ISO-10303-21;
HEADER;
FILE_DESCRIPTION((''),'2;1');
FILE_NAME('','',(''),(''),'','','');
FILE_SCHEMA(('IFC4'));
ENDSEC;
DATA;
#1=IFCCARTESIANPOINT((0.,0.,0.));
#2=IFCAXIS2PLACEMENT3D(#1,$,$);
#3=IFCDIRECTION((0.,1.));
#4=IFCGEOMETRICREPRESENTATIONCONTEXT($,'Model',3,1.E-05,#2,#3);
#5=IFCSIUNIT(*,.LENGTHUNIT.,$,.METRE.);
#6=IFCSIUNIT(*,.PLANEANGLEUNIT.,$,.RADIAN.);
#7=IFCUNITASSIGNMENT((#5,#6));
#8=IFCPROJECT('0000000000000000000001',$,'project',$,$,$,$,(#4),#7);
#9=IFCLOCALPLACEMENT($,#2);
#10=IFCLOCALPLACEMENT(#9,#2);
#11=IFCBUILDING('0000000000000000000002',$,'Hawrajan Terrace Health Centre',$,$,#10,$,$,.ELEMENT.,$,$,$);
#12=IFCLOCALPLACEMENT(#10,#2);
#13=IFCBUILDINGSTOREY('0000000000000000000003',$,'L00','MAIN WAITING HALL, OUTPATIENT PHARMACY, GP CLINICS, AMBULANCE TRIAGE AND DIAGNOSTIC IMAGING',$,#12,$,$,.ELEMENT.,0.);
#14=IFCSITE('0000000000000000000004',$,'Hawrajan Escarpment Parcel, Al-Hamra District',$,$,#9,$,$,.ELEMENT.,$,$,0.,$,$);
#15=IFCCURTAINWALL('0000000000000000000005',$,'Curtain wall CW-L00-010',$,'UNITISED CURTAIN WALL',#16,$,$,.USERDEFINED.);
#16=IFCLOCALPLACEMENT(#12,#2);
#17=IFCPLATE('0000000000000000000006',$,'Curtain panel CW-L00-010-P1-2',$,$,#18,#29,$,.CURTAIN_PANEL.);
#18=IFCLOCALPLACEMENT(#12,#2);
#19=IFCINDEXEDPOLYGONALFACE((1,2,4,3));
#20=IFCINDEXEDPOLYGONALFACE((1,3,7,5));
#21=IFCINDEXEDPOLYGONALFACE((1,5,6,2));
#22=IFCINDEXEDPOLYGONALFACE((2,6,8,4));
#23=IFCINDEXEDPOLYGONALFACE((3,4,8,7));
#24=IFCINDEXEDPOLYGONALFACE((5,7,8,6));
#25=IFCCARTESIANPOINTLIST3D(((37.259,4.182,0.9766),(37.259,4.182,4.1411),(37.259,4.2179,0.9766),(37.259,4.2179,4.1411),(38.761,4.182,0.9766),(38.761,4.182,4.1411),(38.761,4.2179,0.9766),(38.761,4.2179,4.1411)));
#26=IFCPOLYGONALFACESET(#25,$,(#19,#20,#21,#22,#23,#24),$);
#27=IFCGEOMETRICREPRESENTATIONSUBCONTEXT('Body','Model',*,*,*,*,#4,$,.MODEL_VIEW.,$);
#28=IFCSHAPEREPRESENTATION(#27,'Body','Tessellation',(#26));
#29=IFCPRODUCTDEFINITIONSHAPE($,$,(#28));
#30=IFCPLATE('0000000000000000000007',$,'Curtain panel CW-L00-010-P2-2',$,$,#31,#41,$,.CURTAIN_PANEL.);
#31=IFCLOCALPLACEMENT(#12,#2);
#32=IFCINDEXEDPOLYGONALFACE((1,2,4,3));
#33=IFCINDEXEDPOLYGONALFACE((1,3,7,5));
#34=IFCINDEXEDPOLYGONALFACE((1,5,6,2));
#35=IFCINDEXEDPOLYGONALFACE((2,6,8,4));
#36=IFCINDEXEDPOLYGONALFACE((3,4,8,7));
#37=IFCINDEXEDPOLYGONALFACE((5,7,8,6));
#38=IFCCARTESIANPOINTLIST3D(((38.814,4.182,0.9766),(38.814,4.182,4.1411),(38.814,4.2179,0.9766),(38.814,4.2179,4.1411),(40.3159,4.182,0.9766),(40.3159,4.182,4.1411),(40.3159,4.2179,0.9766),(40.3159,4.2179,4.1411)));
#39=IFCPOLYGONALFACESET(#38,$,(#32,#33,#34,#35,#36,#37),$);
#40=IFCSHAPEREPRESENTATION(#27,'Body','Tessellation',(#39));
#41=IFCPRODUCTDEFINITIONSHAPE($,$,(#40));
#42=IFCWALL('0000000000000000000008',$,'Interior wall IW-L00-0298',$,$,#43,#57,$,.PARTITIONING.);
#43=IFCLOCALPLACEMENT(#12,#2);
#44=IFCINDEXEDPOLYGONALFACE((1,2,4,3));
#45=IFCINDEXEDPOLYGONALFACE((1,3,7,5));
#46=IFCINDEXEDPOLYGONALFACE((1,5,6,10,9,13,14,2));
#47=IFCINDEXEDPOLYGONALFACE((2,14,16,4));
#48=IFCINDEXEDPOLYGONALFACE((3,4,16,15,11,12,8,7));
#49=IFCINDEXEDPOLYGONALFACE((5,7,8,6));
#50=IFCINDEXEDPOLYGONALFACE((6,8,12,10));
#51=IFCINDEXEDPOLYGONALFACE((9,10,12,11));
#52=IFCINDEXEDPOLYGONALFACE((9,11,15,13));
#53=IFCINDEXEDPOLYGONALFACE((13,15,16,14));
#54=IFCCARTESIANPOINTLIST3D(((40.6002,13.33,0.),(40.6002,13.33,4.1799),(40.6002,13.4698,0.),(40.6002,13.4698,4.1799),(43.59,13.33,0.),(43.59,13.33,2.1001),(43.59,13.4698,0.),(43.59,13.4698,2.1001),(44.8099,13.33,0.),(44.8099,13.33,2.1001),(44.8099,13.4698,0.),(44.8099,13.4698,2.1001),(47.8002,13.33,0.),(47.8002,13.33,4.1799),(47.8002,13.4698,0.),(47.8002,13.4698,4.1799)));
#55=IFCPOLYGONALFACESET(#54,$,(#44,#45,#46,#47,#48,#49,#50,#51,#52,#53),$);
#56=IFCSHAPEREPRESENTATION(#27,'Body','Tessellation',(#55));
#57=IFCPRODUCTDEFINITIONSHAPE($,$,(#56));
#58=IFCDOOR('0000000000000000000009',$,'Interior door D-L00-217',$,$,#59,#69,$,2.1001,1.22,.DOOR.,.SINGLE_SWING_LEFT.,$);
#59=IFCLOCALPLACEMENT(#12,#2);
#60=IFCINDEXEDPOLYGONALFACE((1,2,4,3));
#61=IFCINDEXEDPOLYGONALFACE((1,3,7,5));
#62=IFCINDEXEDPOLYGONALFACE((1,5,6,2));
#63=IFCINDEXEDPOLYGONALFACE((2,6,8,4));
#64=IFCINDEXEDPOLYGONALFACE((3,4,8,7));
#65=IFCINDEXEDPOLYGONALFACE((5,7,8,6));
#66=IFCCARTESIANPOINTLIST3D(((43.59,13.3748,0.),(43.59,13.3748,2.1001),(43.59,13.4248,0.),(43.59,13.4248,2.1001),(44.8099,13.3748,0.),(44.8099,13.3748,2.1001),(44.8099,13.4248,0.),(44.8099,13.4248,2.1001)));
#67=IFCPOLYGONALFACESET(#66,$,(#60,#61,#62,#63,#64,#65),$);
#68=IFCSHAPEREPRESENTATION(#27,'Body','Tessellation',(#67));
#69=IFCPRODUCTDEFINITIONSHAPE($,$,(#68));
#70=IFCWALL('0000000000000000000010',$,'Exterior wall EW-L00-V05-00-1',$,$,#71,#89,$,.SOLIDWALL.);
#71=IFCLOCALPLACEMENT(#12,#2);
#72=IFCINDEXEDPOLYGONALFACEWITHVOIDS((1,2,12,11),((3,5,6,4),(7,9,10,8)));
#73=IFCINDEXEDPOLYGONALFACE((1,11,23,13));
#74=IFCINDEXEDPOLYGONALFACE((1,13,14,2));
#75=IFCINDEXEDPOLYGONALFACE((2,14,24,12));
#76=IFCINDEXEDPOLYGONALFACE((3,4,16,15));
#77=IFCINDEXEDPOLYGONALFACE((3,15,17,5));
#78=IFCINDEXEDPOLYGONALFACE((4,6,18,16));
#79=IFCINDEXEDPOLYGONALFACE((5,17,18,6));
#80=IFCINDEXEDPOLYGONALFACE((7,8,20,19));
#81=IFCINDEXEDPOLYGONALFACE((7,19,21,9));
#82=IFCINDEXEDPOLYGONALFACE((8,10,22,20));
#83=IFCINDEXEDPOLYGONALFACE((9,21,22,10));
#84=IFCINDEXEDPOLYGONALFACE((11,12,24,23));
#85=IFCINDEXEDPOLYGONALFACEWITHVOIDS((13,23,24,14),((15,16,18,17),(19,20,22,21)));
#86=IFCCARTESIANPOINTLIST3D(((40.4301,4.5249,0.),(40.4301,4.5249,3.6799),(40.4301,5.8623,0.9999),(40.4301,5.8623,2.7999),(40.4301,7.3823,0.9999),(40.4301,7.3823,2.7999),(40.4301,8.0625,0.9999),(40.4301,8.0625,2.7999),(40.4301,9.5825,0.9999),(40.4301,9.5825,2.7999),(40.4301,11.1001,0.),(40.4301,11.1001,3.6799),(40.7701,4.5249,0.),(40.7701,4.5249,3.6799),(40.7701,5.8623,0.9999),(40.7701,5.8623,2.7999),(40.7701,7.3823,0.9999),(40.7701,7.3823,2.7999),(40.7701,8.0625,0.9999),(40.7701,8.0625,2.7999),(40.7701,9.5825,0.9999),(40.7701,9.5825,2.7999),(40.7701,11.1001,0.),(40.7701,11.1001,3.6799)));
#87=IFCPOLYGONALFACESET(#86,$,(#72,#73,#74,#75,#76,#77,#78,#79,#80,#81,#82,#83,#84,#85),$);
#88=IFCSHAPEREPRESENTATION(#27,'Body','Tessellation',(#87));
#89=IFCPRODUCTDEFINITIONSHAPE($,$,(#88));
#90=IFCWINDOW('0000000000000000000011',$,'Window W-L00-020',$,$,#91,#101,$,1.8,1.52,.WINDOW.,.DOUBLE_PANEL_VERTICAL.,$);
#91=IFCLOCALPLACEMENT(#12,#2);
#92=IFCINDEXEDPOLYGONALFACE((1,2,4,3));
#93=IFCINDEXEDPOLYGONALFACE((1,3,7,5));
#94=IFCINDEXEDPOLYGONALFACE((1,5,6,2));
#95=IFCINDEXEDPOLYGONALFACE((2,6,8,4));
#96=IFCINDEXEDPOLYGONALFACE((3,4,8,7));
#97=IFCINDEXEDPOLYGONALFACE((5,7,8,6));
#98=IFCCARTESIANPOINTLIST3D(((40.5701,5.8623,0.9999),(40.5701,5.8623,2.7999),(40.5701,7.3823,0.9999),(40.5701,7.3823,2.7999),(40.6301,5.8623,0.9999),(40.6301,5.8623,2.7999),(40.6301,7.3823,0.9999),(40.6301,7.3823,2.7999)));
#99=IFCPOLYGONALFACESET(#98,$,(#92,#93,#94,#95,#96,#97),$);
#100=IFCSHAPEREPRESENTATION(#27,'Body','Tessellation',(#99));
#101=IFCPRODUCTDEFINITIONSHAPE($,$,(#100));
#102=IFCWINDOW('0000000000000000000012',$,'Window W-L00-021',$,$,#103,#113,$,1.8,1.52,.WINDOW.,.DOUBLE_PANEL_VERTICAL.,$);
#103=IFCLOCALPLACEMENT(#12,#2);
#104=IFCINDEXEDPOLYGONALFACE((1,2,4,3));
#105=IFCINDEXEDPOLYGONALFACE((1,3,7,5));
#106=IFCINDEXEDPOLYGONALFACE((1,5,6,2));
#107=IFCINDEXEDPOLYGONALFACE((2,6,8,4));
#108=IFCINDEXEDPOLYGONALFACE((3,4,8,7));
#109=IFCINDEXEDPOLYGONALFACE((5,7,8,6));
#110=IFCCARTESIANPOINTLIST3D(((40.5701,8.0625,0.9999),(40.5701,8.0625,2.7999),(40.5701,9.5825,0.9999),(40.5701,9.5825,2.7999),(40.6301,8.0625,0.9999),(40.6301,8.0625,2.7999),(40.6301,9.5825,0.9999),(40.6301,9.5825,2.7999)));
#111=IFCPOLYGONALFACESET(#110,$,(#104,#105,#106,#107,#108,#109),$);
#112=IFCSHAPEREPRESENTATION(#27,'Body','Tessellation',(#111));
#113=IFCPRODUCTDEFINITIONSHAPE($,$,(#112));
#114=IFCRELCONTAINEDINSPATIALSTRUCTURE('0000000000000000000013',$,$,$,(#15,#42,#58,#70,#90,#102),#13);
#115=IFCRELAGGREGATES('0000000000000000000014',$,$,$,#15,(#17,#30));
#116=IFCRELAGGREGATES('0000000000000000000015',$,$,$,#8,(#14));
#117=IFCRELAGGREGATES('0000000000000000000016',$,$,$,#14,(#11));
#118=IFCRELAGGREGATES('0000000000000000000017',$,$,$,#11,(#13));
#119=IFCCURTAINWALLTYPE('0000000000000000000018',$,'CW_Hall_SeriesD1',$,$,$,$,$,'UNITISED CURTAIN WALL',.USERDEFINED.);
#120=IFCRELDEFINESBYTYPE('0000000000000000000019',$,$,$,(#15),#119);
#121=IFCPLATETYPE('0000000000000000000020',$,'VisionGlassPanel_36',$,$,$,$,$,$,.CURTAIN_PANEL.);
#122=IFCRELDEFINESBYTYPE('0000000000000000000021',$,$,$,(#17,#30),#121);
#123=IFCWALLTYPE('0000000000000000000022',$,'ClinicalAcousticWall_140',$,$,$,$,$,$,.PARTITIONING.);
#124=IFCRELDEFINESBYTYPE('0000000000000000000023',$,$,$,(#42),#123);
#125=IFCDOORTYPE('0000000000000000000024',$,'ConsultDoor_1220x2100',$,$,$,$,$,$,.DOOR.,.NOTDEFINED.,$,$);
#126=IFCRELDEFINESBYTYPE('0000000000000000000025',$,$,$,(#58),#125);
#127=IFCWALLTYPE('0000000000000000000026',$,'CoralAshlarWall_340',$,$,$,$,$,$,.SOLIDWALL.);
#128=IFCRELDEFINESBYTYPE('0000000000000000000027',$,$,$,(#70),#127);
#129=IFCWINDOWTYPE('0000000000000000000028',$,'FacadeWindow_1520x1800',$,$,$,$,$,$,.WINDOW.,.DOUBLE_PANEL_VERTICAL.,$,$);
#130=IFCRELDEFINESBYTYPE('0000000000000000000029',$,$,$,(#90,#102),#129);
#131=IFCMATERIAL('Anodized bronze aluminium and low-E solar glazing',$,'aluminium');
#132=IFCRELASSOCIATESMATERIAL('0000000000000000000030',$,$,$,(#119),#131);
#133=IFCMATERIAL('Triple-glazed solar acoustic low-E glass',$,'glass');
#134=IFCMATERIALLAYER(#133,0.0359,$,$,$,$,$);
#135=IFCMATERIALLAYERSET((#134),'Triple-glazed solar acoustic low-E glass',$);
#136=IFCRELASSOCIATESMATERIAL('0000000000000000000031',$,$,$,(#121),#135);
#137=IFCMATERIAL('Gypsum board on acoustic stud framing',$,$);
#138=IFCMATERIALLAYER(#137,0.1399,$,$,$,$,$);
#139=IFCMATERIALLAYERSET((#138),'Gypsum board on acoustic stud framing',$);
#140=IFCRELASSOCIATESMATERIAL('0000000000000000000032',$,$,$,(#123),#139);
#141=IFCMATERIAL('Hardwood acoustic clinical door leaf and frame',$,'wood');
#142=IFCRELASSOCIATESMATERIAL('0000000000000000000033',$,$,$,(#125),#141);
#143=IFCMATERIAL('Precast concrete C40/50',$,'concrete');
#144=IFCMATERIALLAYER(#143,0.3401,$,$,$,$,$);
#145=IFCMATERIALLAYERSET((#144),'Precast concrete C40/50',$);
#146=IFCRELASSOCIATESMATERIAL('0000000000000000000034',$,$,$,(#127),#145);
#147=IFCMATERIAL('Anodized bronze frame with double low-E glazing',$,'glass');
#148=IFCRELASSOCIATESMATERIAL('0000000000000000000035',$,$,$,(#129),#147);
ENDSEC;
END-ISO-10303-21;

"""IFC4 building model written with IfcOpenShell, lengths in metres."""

from ifc_helpers import new_model, si_unit, direction, frame, frame_2d, origin, origin_2d, place, context, subcontext, project, spatial, rectangle, extrude, material, layer, layer_set, type_object, element, fill, aggregate, save


model = new_model("IFC4")

# Units and contexts
model_context = context("Model", 3, precision=1e-05, world=origin(), true_north=direction((0.0, 1.0)))
body_context = subcontext(model_context, "Body", "Model", "MODEL_VIEW")
ifc_project = project(units=[si_unit("LENGTHUNIT", "METRE"), si_unit("PLANEANGLEUNIT", "RADIAN")], contexts=[model_context])

# Site, building, storey
site_placement = place(None, origin())
site = spatial("IfcSite", under=ifc_project, at=site_placement, Name="Hawrajan Escarpment Parcel, Al-Hamra District", CompositionType="ELEMENT", RefElevation=0.0)
building_placement = place(site_placement, origin())
building = spatial("IfcBuilding", under=site, at=building_placement, Name="Hawrajan Terrace Health Centre", CompositionType="ELEMENT")
storey_placement = place(building_placement, origin())
storey = spatial("IfcBuildingStorey", under=building, at=storey_placement, Name="L00", Description="MAIN WAITING HALL, OUTPATIENT PHARMACY, GP CLINICS, AMBULANCE TRIAGE AND DIAGNOSTIC IMAGING", CompositionType="ELEMENT", Elevation=0.0)

# Shared definitions
ifc_material_1 = material(Name="Anodized bronze aluminium and low-E solar glazing", Category="aluminium")

# Curtain wall
curtain_wall_type_1 = type_object("IfcCurtainWallType", Name="CW_Hall_SeriesD1", ElementType="UNITISED CURTAIN WALL", PredefinedType="USERDEFINED", material=ifc_material_1)
curtain_wall_1_placement = place(storey_placement, origin())
curtain_wall_1 = element("IfcCurtainWall", 1, at=curtain_wall_1_placement, inside=storey, type_object=curtain_wall_type_1, Name="Curtain wall CW-L00-010", ObjectType="UNITISED CURTAIN WALL", PredefinedType="USERDEFINED")

# Plates
ifc_material_2 = material(Name="Triple-glazed solar acoustic low-E glass", Category="glass")
ifc_layer_1 = layer(ifc_material_2, 0.0359)
ifc_layer_set_1 = layer_set([ifc_layer_1], Name="Triple-glazed solar acoustic low-E glass")
plate_type_1 = type_object("IfcPlateType", Name="VisionGlassPanel_36", PredefinedType="CURTAIN_PANEL", material=ifc_layer_set_1)
plate_1_placement = place(storey_placement, frame((38.01, 4.2, 0.9766), z_axis=(0.0, 0.0, 1.0), x_axis=(1.0, 0.0, 0.0)))
plate_1 = element("IfcPlate", 2, at=plate_1_placement, type_object=plate_type_1, Name="Curtain panel CW-L00-010-P1-2", PredefinedType="CURTAIN_PANEL", context=body_context, shape_type="SweptSolid", body=[
    extrude(rectangle(XDim=1.502, YDim=0.0359, at=origin_2d()), origin(), (0.0, 0.0, 1.0), 3.1646),
])
plate_2_placement = place(storey_placement, frame((39.5649, 4.2, 0.9766), z_axis=(0.0, 0.0, 1.0), x_axis=(1.0, 0.0, 0.0)))
plate_2 = element("IfcPlate", 3, at=plate_2_placement, type_object=plate_type_1, Name="Curtain panel CW-L00-010-P2-2", PredefinedType="CURTAIN_PANEL", context=body_context, shape_type="SweptSolid", body=[
    extrude(rectangle(XDim=1.502, YDim=0.0359, at=origin_2d()), origin(), (0.0, 0.0, 1.0), 3.1646),
])
aggregate(curtain_wall_1, [plate_1, plate_2])

# Wall, opening, door
ifc_material_3 = material(Name="Gypsum board on acoustic stud framing")
ifc_layer_2 = layer(ifc_material_3, 0.1399)
ifc_layer_set_2 = layer_set([ifc_layer_2], Name="Gypsum board on acoustic stud framing")
wall_type_1 = type_object("IfcWallType", Name="ClinicalAcousticWall_140", PredefinedType="PARTITIONING", material=ifc_layer_set_2)
wall_1_placement = place(storey_placement, frame((40.6001, 13.3999, 0.0), z_axis=(0.0, 0.0, 1.0), x_axis=(1.0, 0.0, 0.0)))
wall_1 = element("IfcWall", 4, at=wall_1_placement, inside=storey, type_object=wall_type_1, Name="Interior wall IW-L00-0298", PredefinedType="PARTITIONING", context=body_context, shape_type="SweptSolid", body=[
    extrude(rectangle(XDim=7.2, YDim=0.1399, at=frame_2d((3.6001, 0.0))), origin(), (0.0, 0.0, 1.0), 4.1799),
])
opening_1_placement = place(wall_1_placement, frame((2.99, 0.0, 0.0)))
opening_1 = element("IfcOpeningElement", 5, at=opening_1_placement, cuts=wall_1, PredefinedType="OPENING", context=body_context, shape_type="SweptSolid", body=[
    extrude(rectangle(XDim=1.22, YDim=2.1001, at=frame_2d((0.6099, 1.05))), frame((0.0, 0.0798, 0.0), z_axis=(0.0, -1.0, 0.0), x_axis=(1.0, 0.0, 0.0)), (0.0, 0.0, 1.0), 0.1599),
])
ifc_material_4 = material(Name="Hardwood acoustic clinical door leaf and frame", Category="wood")
door_type = type_object("IfcDoorType", Name="ConsultDoor_1220x2100", OperationType="NOTDEFINED", PredefinedType="DOOR", material=ifc_material_4)
door_placement = place(opening_1_placement, origin())
door = element("IfcDoor", 6, at=door_placement, inside=storey, type_object=door_type, Name="Interior door D-L00-217", OperationType="SINGLE_SWING_LEFT", OverallHeight=2.1001, OverallWidth=1.22, PredefinedType="DOOR", context=body_context, shape_type="SweptSolid", body=[
    extrude(rectangle(XDim=1.22, YDim=2.1001, at=frame_2d((0.6099, 1.05))), frame((0.0, 0.0249, 0.0), z_axis=(0.0, -1.0, 0.0), x_axis=(1.0, 0.0, 0.0)), (0.0, 0.0, 1.0), 0.05),
])
fill(opening_1, door)

# Wall, openings, windows
ifc_material_5 = material(Name="Precast concrete C40/50", Category="concrete")
ifc_layer_3 = layer(ifc_material_5, 0.3401)
ifc_layer_set_3 = layer_set([ifc_layer_3], Name="Precast concrete C40/50")
wall_type_2 = type_object("IfcWallType", Name="CoralAshlarWall_340", PredefinedType="SOLIDWALL", material=ifc_layer_set_3)
wall_2_placement = place(storey_placement, frame((40.6001, 4.5249, 0.0), z_axis=(0.0, 0.0, 1.0), x_axis=(0.0, 1.0, 0.0)))
wall_2 = element("IfcWall", 7, at=wall_2_placement, inside=storey, type_object=wall_type_2, Name="Exterior wall EW-L00-V05-00-1", PredefinedType="SOLIDWALL", context=body_context, shape_type="SweptSolid", body=[
    extrude(rectangle(XDim=6.5752, YDim=0.3401, at=frame_2d((3.2876, 0.0))), origin(), (0.0, 0.0, 1.0), 3.6799),
])
opening_2_placement = place(wall_2_placement, frame((1.3374, 0.0, 1.0)))
opening_2 = element("IfcOpeningElement", 8, at=opening_2_placement, cuts=wall_2, PredefinedType="OPENING", context=body_context, shape_type="SweptSolid", body=[
    extrude(rectangle(XDim=1.52, YDim=1.8, at=frame_2d((0.76, 0.8999))), frame((0.0, 0.1799, 0.0), z_axis=(0.0, -1.0, 0.0), x_axis=(1.0, 0.0, 0.0)), (0.0, 0.0, 1.0), 0.3601),
])
opening_3_placement = place(wall_2_placement, frame((3.5376, 0.0, 1.0)))
opening_3 = element("IfcOpeningElement", 9, at=opening_3_placement, cuts=wall_2, PredefinedType="OPENING", context=body_context, shape_type="SweptSolid", body=[
    extrude(rectangle(XDim=1.52, YDim=1.8, at=frame_2d((0.76, 0.8999))), frame((0.0, 0.1799, 0.0), z_axis=(0.0, -1.0, 0.0), x_axis=(1.0, 0.0, 0.0)), (0.0, 0.0, 1.0), 0.3601),
])
ifc_material_6 = material(Name="Anodized bronze frame with double low-E glazing", Category="glass")
window_type = type_object("IfcWindowType", Name="FacadeWindow_1520x1800", PartitioningType="DOUBLE_PANEL_VERTICAL", PredefinedType="WINDOW", material=ifc_material_6)
window_1_placement = place(opening_2_placement, origin())
window_1 = element("IfcWindow", 10, at=window_1_placement, inside=storey, type_object=window_type, Name="Window W-L00-020", OverallHeight=1.8, OverallWidth=1.52, PartitioningType="DOUBLE_PANEL_VERTICAL", PredefinedType="WINDOW", context=body_context, shape_type="SweptSolid", body=[
    extrude(rectangle(XDim=1.52, YDim=1.8, at=frame_2d((0.76, 0.8999))), frame((0.0, 0.03, 0.0), z_axis=(0.0, -1.0, 0.0), x_axis=(1.0, 0.0, 0.0)), (0.0, 0.0, 1.0), 0.0601),
])
fill(opening_2, window_1)
window_2_placement = place(opening_3_placement, origin())
window_2 = element("IfcWindow", 11, at=window_2_placement, inside=storey, type_object=window_type, Name="Window W-L00-021", OverallHeight=1.8, OverallWidth=1.52, PartitioningType="DOUBLE_PANEL_VERTICAL", PredefinedType="WINDOW", context=body_context, shape_type="SweptSolid", body=[
    extrude(rectangle(XDim=1.52, YDim=1.8, at=frame_2d((0.76, 0.8999))), frame((0.0, 0.03, 0.0), z_axis=(0.0, -1.0, 0.0), x_axis=(1.0, 0.0, 0.0)), (0.0, 0.0, 1.0), 0.0601),
])
fill(opening_3, window_2)

save(model, "model.ifc")
